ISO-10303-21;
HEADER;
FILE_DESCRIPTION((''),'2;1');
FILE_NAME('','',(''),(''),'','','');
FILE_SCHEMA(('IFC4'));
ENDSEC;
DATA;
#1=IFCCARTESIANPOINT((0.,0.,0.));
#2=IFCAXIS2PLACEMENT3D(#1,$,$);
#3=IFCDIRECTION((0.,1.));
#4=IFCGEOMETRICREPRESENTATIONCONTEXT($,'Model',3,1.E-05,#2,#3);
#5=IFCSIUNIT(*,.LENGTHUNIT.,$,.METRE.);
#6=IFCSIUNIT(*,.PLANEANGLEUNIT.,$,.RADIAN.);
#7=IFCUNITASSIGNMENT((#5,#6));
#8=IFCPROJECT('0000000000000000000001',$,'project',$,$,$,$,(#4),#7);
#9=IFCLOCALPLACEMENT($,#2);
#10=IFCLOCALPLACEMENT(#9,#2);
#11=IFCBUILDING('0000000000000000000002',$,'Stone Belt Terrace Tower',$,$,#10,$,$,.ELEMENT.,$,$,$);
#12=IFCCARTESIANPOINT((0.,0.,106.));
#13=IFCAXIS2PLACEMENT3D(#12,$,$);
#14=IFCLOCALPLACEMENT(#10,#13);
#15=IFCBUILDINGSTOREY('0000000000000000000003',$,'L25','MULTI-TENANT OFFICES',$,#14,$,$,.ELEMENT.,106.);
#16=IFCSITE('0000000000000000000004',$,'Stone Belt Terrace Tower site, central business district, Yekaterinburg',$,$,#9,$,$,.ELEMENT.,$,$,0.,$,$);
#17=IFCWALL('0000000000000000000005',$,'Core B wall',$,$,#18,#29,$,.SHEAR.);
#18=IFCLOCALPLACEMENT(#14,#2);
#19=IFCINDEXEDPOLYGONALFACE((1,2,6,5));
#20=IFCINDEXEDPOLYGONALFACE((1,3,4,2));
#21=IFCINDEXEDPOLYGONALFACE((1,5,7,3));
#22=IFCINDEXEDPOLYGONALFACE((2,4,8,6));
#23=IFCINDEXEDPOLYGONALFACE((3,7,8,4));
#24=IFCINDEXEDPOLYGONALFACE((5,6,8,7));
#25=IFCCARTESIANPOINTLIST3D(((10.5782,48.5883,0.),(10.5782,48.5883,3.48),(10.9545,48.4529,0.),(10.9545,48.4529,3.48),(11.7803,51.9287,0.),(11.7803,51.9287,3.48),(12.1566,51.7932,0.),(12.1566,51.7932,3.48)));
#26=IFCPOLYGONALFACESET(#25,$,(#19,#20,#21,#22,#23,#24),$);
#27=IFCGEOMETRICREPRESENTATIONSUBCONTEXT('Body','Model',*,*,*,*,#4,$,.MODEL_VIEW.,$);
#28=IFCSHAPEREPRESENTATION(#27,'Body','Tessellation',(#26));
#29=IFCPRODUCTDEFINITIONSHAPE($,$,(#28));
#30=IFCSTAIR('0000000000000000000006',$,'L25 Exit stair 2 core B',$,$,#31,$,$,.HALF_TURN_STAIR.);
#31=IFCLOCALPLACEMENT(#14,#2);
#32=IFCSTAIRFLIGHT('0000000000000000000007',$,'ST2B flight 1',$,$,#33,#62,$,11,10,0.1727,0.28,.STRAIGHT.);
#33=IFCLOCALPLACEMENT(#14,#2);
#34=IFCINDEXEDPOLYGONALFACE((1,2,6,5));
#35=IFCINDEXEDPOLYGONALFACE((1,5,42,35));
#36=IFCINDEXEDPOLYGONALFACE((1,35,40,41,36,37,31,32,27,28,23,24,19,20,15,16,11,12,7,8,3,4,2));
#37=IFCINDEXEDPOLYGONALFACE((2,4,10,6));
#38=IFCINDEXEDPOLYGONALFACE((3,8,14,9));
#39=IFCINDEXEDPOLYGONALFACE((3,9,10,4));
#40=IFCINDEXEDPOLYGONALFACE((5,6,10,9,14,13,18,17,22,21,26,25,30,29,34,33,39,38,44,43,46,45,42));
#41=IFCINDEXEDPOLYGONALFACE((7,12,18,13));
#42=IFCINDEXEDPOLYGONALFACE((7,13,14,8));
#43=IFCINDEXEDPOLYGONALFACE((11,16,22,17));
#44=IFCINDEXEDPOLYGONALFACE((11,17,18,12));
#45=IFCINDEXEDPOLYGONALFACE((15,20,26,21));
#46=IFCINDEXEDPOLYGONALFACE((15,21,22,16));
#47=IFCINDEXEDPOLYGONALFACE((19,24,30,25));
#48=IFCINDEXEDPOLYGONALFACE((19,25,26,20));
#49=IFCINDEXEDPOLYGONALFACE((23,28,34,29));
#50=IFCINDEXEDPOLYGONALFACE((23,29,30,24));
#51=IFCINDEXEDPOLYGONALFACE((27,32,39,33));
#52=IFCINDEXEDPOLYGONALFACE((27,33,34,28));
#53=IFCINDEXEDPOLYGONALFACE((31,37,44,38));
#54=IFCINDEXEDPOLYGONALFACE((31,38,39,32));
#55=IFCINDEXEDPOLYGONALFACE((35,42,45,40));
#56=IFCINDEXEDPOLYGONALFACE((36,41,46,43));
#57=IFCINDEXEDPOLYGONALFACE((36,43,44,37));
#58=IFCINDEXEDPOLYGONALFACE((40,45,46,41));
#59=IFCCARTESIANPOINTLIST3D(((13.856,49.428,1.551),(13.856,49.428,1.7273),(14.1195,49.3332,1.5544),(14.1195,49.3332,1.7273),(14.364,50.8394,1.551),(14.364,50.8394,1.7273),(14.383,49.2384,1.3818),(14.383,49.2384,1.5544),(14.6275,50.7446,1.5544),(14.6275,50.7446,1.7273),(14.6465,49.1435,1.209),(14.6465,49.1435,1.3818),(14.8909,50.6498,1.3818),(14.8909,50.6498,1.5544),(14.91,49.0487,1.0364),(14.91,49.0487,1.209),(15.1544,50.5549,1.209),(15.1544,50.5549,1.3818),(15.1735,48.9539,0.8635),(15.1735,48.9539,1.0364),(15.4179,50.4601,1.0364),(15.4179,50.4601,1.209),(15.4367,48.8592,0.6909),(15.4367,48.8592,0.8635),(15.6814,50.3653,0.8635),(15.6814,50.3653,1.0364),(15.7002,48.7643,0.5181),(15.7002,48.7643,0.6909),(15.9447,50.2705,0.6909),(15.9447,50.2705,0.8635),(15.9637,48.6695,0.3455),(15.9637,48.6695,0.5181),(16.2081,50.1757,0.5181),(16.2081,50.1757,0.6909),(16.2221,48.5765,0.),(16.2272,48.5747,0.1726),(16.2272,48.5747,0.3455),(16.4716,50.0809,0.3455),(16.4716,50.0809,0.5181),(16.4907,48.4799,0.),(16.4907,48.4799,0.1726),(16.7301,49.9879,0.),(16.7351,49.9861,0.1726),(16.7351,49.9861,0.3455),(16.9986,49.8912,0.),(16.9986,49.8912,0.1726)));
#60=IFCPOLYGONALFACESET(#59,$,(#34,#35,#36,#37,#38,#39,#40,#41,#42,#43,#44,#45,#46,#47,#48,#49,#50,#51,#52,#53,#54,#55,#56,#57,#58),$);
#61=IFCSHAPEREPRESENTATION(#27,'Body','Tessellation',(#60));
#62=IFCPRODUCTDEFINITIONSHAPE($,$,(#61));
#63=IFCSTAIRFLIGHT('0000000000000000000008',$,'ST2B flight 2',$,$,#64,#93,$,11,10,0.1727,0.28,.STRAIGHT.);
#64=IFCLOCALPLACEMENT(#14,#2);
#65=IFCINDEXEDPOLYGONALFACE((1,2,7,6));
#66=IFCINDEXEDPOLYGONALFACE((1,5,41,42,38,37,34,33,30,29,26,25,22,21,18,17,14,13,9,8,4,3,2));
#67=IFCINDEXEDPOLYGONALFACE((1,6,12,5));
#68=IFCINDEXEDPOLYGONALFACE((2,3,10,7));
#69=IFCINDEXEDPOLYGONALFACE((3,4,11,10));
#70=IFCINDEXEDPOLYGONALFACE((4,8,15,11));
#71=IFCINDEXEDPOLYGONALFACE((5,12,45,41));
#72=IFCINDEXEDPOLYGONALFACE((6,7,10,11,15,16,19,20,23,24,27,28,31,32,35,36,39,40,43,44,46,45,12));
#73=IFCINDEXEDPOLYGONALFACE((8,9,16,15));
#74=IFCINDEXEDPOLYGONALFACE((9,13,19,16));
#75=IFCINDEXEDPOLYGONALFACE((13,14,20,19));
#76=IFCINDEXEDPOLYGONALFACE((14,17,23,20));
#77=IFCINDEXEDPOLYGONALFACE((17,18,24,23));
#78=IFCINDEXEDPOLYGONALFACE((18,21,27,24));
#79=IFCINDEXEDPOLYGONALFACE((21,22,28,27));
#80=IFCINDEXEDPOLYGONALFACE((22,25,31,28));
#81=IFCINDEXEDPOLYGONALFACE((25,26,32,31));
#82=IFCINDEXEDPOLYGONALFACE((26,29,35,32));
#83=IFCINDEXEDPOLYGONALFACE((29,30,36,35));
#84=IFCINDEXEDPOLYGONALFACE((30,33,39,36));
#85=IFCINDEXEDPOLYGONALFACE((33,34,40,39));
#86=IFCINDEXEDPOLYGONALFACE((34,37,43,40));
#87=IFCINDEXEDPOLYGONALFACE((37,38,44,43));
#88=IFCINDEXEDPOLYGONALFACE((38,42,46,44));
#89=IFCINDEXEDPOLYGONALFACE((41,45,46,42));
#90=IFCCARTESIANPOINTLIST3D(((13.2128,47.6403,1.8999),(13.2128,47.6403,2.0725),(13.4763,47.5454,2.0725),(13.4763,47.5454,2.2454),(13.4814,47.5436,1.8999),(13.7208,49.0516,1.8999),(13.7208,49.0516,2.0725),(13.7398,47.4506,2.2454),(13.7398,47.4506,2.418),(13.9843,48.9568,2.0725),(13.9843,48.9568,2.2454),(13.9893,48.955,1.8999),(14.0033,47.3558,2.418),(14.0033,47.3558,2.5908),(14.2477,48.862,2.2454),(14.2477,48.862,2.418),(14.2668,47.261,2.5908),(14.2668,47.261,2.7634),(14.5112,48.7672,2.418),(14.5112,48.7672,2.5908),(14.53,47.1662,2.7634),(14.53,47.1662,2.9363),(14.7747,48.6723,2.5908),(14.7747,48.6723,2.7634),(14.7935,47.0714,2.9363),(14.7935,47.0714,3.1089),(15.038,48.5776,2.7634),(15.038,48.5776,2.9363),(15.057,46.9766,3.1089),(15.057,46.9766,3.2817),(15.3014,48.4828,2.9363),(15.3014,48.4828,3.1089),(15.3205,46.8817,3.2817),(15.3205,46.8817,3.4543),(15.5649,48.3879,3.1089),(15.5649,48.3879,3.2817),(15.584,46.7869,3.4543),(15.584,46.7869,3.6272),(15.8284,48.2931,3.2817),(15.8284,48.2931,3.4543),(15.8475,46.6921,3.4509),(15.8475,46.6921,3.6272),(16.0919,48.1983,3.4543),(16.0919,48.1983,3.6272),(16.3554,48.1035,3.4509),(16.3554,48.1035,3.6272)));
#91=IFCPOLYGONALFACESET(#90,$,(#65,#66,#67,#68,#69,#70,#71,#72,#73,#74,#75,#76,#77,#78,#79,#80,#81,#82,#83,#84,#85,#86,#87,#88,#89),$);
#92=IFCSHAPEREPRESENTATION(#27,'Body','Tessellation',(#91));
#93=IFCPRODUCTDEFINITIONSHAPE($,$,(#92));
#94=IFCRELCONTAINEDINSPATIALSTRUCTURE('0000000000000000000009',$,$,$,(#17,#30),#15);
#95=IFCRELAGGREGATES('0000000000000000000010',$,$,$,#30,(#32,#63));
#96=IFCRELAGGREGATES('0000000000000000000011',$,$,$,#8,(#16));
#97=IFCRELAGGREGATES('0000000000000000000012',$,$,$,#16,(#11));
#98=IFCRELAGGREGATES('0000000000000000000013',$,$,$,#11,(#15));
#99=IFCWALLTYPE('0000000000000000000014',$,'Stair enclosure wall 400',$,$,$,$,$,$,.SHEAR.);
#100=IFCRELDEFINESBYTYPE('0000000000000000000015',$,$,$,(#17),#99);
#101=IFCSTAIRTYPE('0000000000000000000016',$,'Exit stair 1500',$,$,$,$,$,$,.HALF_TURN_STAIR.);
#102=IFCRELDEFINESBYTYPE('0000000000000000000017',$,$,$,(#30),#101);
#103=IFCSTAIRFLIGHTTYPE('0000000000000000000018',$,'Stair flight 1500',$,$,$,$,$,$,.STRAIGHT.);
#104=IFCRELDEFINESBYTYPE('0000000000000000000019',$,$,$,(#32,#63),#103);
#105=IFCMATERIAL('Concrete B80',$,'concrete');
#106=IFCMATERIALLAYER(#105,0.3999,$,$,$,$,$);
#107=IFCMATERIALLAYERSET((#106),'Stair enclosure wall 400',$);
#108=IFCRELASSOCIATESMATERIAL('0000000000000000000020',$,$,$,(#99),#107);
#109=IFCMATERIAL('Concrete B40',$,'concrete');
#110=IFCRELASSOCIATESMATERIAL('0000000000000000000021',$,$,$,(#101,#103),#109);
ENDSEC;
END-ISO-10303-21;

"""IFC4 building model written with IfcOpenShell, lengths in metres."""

from ifc_helpers import new_model, si_unit, direction, frame, frame_2d, origin, place, context, subcontext, project, spatial, polyline, rectangle, outline, extrude, material, layer, layer_set, type_object, element, aggregate, save


model = new_model("IFC4")

# Units and contexts
model_context = context("Model", 3, precision=1e-05, world=origin(), true_north=direction((0.0, 1.0)))
body_context = subcontext(model_context, "Body", "Model", "MODEL_VIEW")
ifc_project = project(units=[si_unit("LENGTHUNIT", "METRE"), si_unit("PLANEANGLEUNIT", "RADIAN")], contexts=[model_context])

# Site, building, storey
site_placement = place(None, origin())
site = spatial("IfcSite", under=ifc_project, at=site_placement, Name="Stone Belt Terrace Tower site, central business district, Yekaterinburg", CompositionType="ELEMENT", RefElevation=0.0)
building_placement = place(site_placement, origin())
building = spatial("IfcBuilding", under=site, at=building_placement, Name="Stone Belt Terrace Tower", CompositionType="ELEMENT")
storey_placement = place(building_placement, frame((0.0, 0.0, 106.0)))
storey = spatial("IfcBuildingStorey", under=building, at=storey_placement, Name="L25", Description="MULTI-TENANT OFFICES", CompositionType="ELEMENT", Elevation=106.0)

# Shared definitions
ifc_material_1 = material(Name="Concrete B80", Category="concrete")

# Shared definitions
ifc_layer_1 = layer(ifc_material_1, 0.3999)
ifc_layer_set_1 = layer_set([ifc_layer_1], Name="Stair enclosure wall 400")
wall_type_1 = type_object("IfcWallType", Name="Stair enclosure wall 400", PredefinedType="SHEAR", material=ifc_layer_set_1)

# Wall
wall_1_placement = place(storey_placement, frame((10.7664, 48.5208, 0.0), z_axis=(0.0, 0.0, 1.0), x_axis=(0.338627, 0.940921, 0.0)))
element("IfcWall", 1, at=wall_1_placement, inside=storey, type_object=wall_type_1, Name="Core B wall", PredefinedType="SHEAR", context=body_context, shape_type="SweptSolid", body=[
    extrude(rectangle(XDim=3.55, YDim=0.3999, at=frame_2d((1.7749, 0.0))), origin(), (0.0, 0.0, 1.0), 3.48),
])

# Stair, stair flights
ifc_material_2 = material(Name="Concrete B40", Category="concrete")
stair_type = type_object("IfcStairType", Name="Exit stair 1500", PredefinedType="HALF_TURN_STAIR", material=ifc_material_2)
stair_placement = place(storey_placement, origin())
stair = element("IfcStair", 2, at=stair_placement, inside=storey, type_object=stair_type, Name="L25 Exit stair 2 core B", PredefinedType="HALF_TURN_STAIR")
stair_flight_type = type_object("IfcStairFlightType", Name="Stair flight 1500", PredefinedType="STRAIGHT", material=ifc_material_2)
stair_flight_1_placement = place(storey_placement, frame((16.7446, 49.1855, 0.0), z_axis=(0.0, 0.0, 1.0), x_axis=(-0.940922, 0.338624, 0.0)))
stair_flight_1 = element("IfcStairFlight", 3, at=stair_flight_1_placement, type_object=stair_flight_type, Name="ST2B flight 1", NumberOfRisers=11, NumberOfTreads=10, PredefinedType="STRAIGHT", RiserHeight=0.1727, TreadLength=0.28, context=body_context, shape_type="SweptSolid", body=[
    extrude(outline(polyline([(0.0, 0.0), (0.0, 0.1726), (0.28, 0.1726), (0.28, 0.3455), (0.5601, 0.3455), (0.5601, 0.5181), (0.8401, 0.5181), (0.8401, 0.6909), (1.1201, 0.6909), (1.1201, 0.8635), (1.3999, 0.8635), (1.3999, 1.0364), (1.6799, 1.0364), (1.6799, 1.209), (1.96, 1.209), (1.96, 1.3818), (2.24, 1.3818), (2.24, 1.5544), (2.52, 1.5544), (2.52, 1.7273), (2.8, 1.7273), (2.8, 1.8999), (2.8, 1.551), (0.2854, 0.0), (0.0, 0.0)])), frame((0.0, 0.75, 0.0), z_axis=(0.0, -1.0, 0.0), x_axis=(1.0, 0.0, 0.0)), (0.0, 0.0, 1.0), 1.5),
])
stair_flight_2_placement = place(storey_placement, frame((13.4668, 48.3459, 1.8999), z_axis=(0.0, 0.0, 1.0), x_axis=(0.940922, -0.338624, 0.0)))
stair_flight_2 = element("IfcStairFlight", 4, at=stair_flight_2_placement, type_object=stair_flight_type, Name="ST2B flight 2", NumberOfRisers=11, NumberOfTreads=10, PredefinedType="STRAIGHT", RiserHeight=0.1727, TreadLength=0.28, context=body_context, shape_type="SweptSolid", body=[
    extrude(outline(polyline([(0.0, 0.0), (0.0, 0.1726), (0.28, 0.1726), (0.28, 0.3455), (0.5601, 0.3455), (0.5601, 0.5181), (0.8401, 0.5181), (0.8401, 0.6909), (1.1201, 0.6909), (1.1201, 0.8635), (1.3999, 0.8635), (1.3999, 1.0364), (1.6799, 1.0364), (1.6799, 1.209), (1.96, 1.209), (1.96, 1.3818), (2.24, 1.3818), (2.24, 1.5544), (2.52, 1.5544), (2.52, 1.7273), (2.8, 1.7273), (2.8, 1.8999), (2.8, 1.551), (0.2854, 0.0), (0.0, 0.0)])), frame((0.0, 0.75, 0.0), z_axis=(0.0, -1.0, 0.0), x_axis=(1.0, 0.0, 0.0)), (0.0, 0.0, 1.0), 1.5),
])
aggregate(stair, [stair_flight_1, stair_flight_2])

save(model, "model.ifc")
